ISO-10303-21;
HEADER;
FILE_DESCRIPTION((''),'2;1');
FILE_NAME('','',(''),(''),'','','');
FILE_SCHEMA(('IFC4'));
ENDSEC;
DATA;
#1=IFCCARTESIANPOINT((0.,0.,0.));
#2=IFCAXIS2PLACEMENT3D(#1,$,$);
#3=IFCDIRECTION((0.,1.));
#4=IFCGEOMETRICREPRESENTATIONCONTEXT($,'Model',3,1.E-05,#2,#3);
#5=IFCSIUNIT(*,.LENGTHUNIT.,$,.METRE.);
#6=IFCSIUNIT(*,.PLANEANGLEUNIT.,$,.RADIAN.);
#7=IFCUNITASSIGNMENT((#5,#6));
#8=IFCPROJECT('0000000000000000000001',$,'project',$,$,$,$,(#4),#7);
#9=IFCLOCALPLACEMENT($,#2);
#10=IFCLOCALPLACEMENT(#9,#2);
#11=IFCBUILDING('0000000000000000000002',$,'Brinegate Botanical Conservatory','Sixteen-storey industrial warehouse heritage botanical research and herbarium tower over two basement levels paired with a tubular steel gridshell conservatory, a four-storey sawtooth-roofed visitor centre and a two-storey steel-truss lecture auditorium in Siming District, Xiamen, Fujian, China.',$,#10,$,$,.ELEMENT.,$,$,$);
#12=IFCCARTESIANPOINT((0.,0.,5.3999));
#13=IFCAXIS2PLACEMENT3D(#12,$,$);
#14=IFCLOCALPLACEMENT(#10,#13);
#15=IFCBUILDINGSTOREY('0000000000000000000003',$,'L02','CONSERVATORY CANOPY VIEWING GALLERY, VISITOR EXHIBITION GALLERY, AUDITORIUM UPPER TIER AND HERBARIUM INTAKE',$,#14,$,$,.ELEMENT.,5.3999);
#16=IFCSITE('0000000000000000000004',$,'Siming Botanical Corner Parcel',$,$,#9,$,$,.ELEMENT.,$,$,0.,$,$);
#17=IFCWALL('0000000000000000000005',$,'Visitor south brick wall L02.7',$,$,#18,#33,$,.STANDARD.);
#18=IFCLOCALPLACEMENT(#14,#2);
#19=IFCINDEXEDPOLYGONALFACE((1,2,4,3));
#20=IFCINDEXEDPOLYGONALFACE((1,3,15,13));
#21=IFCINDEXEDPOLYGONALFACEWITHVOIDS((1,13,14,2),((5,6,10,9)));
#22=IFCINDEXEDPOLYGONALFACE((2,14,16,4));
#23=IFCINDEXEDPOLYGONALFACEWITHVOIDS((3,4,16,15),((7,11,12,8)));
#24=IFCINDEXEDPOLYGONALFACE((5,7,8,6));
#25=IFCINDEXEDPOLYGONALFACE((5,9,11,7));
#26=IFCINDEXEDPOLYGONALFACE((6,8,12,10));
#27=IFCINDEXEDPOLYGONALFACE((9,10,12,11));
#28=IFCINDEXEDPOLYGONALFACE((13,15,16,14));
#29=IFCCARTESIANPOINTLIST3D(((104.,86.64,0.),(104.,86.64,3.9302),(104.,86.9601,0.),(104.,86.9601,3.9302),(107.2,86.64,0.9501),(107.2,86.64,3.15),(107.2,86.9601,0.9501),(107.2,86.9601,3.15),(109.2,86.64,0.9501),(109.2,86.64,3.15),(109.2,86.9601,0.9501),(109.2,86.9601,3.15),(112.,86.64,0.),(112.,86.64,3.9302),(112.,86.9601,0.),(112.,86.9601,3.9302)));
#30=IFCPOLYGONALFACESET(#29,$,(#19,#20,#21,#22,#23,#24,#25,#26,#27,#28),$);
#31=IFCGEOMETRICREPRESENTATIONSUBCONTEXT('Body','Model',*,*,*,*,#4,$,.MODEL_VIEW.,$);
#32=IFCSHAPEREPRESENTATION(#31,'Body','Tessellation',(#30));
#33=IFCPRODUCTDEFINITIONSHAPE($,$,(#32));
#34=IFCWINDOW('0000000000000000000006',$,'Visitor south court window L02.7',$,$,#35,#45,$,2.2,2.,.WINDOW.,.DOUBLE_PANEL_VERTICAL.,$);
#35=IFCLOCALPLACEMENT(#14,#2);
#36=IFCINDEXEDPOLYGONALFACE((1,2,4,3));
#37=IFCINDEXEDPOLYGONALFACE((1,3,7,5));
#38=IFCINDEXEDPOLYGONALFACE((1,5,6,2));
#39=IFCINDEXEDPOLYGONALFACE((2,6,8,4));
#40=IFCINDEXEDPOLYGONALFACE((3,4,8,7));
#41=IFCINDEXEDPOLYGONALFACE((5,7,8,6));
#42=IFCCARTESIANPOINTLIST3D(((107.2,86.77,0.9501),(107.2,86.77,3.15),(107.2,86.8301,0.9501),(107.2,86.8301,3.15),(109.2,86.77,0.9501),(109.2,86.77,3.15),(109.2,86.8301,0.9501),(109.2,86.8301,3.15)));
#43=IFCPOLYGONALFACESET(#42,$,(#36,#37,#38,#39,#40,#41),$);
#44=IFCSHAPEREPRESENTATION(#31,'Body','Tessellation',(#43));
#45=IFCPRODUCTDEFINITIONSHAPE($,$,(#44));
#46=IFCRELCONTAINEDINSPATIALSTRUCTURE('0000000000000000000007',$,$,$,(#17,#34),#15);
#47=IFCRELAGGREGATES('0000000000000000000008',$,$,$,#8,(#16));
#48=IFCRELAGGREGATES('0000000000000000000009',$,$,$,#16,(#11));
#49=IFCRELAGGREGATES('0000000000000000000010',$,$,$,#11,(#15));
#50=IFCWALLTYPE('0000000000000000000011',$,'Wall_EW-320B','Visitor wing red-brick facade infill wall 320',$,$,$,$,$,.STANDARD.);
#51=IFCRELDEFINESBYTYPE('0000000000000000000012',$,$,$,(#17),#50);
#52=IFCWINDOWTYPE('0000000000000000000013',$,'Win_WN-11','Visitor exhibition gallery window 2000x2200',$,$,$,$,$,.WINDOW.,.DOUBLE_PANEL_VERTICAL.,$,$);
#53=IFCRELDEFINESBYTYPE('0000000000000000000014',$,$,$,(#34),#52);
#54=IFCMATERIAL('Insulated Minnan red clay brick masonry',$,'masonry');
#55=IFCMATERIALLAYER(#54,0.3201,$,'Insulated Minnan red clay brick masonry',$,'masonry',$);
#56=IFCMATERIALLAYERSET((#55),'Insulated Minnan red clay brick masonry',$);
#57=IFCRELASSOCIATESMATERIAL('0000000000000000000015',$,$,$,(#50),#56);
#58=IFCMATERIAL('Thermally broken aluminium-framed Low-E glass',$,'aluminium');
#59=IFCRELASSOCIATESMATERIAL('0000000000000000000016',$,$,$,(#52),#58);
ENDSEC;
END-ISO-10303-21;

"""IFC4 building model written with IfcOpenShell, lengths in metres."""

from ifc_helpers import new_model, si_unit, direction, frame, frame_2d, origin, place, context, subcontext, project, spatial, rectangle, extrude, material, layer, layer_set, type_object, element, fill, save


model = new_model("IFC4")

# Units and contexts
model_context = context("Model", 3, precision=1e-05, world=origin(), true_north=direction((0.0, 1.0)))
body_context = subcontext(model_context, "Body", "Model", "MODEL_VIEW")
ifc_project = project(units=[si_unit("LENGTHUNIT", "METRE"), si_unit("PLANEANGLEUNIT", "RADIAN")], contexts=[model_context])

# Site, building, storey
site_placement = place(None, origin())
site = spatial("IfcSite", under=ifc_project, at=site_placement, Name="Siming Botanical Corner Parcel", CompositionType="ELEMENT", RefElevation=0.0)
building_placement = place(site_placement, origin())
building = spatial("IfcBuilding", under=site, at=building_placement, Name="Brinegate Botanical Conservatory", Description="Sixteen-storey industrial warehouse heritage botanical research and herbarium tower over two basement levels paired with a tubular steel gridshell conservatory, a four-storey sawtooth-roofed visitor centre and a two-storey steel-truss lecture auditorium in Siming District, Xiamen, Fujian, China.", CompositionType="ELEMENT")
storey_placement = place(building_placement, frame((0.0, 0.0, 5.3999)))
storey = spatial("IfcBuildingStorey", under=building, at=storey_placement, Name="L02", Description="CONSERVATORY CANOPY VIEWING GALLERY, VISITOR EXHIBITION GALLERY, AUDITORIUM UPPER TIER AND HERBARIUM INTAKE", CompositionType="ELEMENT", Elevation=5.3999)

# Shared definitions
ifc_material_1 = material(Name="Insulated Minnan red clay brick masonry", Category="masonry")

# Wall, opening, window
ifc_layer_1 = layer(ifc_material_1, 0.3201, Name="Insulated Minnan red clay brick masonry", Category="masonry")
ifc_layer_set_1 = layer_set([ifc_layer_1], Name="Insulated Minnan red clay brick masonry")
wall_type_1 = type_object("IfcWallType", Name="Wall_EW-320B", Description="Visitor wing red-brick facade infill wall 320", PredefinedType="STANDARD", material=ifc_layer_set_1)
wall_1_placement = place(storey_placement, frame((112.0, 86.8, 0.0), z_axis=(0.0, 0.0, 1.0), x_axis=(-1.0, 0.0, 0.0)))
wall_1 = element("IfcWall", 1, at=wall_1_placement, inside=storey, type_object=wall_type_1, Name="Visitor south brick wall L02.7", PredefinedType="STANDARD", context=body_context, shape_type="SweptSolid", body=[
    extrude(rectangle(XDim=8.0, YDim=0.3201, at=frame_2d((4.0, 0.0))), origin(), (0.0, 0.0, 1.0), 3.9302),
])
opening_placement = place(wall_1_placement, frame((2.8, 0.0, 0.95)))
opening = element("IfcOpeningElement", 2, at=opening_placement, cuts=wall_1, PredefinedType="OPENING", context=body_context, shape_type="SweptSolid", body=[
    extrude(rectangle(XDim=2.0, YDim=2.2, at=frame_2d((1.0, 1.1001))), frame((0.0, 0.1699, 0.0), z_axis=(0.0, -1.0, 0.0), x_axis=(1.0, 0.0, 0.0)), (0.0, 0.0, 1.0), 0.3401),
])
ifc_material_2 = material(Name="Thermally broken aluminium-framed Low-E glass", Category="aluminium")
window_type = type_object("IfcWindowType", Name="Win_WN-11", Description="Visitor exhibition gallery window 2000x2200", PartitioningType="DOUBLE_PANEL_VERTICAL", PredefinedType="WINDOW", material=ifc_material_2)
window_placement = place(opening_placement, origin())
window = element("IfcWindow", 3, at=window_placement, inside=storey, type_object=window_type, Name="Visitor south court window L02.7", OverallHeight=2.2, OverallWidth=2.0, PartitioningType="DOUBLE_PANEL_VERTICAL", PredefinedType="WINDOW", context=body_context, shape_type="SweptSolid", body=[
    extrude(rectangle(XDim=2.0, YDim=2.2, at=frame_2d((1.0, 1.1001))), frame((0.0, 0.03, 0.0), z_axis=(0.0, -1.0, 0.0), x_axis=(1.0, 0.0, 0.0)), (0.0, 0.0, 1.0), 0.0601),
])
fill(opening, window)

save(model, "model.ifc")
